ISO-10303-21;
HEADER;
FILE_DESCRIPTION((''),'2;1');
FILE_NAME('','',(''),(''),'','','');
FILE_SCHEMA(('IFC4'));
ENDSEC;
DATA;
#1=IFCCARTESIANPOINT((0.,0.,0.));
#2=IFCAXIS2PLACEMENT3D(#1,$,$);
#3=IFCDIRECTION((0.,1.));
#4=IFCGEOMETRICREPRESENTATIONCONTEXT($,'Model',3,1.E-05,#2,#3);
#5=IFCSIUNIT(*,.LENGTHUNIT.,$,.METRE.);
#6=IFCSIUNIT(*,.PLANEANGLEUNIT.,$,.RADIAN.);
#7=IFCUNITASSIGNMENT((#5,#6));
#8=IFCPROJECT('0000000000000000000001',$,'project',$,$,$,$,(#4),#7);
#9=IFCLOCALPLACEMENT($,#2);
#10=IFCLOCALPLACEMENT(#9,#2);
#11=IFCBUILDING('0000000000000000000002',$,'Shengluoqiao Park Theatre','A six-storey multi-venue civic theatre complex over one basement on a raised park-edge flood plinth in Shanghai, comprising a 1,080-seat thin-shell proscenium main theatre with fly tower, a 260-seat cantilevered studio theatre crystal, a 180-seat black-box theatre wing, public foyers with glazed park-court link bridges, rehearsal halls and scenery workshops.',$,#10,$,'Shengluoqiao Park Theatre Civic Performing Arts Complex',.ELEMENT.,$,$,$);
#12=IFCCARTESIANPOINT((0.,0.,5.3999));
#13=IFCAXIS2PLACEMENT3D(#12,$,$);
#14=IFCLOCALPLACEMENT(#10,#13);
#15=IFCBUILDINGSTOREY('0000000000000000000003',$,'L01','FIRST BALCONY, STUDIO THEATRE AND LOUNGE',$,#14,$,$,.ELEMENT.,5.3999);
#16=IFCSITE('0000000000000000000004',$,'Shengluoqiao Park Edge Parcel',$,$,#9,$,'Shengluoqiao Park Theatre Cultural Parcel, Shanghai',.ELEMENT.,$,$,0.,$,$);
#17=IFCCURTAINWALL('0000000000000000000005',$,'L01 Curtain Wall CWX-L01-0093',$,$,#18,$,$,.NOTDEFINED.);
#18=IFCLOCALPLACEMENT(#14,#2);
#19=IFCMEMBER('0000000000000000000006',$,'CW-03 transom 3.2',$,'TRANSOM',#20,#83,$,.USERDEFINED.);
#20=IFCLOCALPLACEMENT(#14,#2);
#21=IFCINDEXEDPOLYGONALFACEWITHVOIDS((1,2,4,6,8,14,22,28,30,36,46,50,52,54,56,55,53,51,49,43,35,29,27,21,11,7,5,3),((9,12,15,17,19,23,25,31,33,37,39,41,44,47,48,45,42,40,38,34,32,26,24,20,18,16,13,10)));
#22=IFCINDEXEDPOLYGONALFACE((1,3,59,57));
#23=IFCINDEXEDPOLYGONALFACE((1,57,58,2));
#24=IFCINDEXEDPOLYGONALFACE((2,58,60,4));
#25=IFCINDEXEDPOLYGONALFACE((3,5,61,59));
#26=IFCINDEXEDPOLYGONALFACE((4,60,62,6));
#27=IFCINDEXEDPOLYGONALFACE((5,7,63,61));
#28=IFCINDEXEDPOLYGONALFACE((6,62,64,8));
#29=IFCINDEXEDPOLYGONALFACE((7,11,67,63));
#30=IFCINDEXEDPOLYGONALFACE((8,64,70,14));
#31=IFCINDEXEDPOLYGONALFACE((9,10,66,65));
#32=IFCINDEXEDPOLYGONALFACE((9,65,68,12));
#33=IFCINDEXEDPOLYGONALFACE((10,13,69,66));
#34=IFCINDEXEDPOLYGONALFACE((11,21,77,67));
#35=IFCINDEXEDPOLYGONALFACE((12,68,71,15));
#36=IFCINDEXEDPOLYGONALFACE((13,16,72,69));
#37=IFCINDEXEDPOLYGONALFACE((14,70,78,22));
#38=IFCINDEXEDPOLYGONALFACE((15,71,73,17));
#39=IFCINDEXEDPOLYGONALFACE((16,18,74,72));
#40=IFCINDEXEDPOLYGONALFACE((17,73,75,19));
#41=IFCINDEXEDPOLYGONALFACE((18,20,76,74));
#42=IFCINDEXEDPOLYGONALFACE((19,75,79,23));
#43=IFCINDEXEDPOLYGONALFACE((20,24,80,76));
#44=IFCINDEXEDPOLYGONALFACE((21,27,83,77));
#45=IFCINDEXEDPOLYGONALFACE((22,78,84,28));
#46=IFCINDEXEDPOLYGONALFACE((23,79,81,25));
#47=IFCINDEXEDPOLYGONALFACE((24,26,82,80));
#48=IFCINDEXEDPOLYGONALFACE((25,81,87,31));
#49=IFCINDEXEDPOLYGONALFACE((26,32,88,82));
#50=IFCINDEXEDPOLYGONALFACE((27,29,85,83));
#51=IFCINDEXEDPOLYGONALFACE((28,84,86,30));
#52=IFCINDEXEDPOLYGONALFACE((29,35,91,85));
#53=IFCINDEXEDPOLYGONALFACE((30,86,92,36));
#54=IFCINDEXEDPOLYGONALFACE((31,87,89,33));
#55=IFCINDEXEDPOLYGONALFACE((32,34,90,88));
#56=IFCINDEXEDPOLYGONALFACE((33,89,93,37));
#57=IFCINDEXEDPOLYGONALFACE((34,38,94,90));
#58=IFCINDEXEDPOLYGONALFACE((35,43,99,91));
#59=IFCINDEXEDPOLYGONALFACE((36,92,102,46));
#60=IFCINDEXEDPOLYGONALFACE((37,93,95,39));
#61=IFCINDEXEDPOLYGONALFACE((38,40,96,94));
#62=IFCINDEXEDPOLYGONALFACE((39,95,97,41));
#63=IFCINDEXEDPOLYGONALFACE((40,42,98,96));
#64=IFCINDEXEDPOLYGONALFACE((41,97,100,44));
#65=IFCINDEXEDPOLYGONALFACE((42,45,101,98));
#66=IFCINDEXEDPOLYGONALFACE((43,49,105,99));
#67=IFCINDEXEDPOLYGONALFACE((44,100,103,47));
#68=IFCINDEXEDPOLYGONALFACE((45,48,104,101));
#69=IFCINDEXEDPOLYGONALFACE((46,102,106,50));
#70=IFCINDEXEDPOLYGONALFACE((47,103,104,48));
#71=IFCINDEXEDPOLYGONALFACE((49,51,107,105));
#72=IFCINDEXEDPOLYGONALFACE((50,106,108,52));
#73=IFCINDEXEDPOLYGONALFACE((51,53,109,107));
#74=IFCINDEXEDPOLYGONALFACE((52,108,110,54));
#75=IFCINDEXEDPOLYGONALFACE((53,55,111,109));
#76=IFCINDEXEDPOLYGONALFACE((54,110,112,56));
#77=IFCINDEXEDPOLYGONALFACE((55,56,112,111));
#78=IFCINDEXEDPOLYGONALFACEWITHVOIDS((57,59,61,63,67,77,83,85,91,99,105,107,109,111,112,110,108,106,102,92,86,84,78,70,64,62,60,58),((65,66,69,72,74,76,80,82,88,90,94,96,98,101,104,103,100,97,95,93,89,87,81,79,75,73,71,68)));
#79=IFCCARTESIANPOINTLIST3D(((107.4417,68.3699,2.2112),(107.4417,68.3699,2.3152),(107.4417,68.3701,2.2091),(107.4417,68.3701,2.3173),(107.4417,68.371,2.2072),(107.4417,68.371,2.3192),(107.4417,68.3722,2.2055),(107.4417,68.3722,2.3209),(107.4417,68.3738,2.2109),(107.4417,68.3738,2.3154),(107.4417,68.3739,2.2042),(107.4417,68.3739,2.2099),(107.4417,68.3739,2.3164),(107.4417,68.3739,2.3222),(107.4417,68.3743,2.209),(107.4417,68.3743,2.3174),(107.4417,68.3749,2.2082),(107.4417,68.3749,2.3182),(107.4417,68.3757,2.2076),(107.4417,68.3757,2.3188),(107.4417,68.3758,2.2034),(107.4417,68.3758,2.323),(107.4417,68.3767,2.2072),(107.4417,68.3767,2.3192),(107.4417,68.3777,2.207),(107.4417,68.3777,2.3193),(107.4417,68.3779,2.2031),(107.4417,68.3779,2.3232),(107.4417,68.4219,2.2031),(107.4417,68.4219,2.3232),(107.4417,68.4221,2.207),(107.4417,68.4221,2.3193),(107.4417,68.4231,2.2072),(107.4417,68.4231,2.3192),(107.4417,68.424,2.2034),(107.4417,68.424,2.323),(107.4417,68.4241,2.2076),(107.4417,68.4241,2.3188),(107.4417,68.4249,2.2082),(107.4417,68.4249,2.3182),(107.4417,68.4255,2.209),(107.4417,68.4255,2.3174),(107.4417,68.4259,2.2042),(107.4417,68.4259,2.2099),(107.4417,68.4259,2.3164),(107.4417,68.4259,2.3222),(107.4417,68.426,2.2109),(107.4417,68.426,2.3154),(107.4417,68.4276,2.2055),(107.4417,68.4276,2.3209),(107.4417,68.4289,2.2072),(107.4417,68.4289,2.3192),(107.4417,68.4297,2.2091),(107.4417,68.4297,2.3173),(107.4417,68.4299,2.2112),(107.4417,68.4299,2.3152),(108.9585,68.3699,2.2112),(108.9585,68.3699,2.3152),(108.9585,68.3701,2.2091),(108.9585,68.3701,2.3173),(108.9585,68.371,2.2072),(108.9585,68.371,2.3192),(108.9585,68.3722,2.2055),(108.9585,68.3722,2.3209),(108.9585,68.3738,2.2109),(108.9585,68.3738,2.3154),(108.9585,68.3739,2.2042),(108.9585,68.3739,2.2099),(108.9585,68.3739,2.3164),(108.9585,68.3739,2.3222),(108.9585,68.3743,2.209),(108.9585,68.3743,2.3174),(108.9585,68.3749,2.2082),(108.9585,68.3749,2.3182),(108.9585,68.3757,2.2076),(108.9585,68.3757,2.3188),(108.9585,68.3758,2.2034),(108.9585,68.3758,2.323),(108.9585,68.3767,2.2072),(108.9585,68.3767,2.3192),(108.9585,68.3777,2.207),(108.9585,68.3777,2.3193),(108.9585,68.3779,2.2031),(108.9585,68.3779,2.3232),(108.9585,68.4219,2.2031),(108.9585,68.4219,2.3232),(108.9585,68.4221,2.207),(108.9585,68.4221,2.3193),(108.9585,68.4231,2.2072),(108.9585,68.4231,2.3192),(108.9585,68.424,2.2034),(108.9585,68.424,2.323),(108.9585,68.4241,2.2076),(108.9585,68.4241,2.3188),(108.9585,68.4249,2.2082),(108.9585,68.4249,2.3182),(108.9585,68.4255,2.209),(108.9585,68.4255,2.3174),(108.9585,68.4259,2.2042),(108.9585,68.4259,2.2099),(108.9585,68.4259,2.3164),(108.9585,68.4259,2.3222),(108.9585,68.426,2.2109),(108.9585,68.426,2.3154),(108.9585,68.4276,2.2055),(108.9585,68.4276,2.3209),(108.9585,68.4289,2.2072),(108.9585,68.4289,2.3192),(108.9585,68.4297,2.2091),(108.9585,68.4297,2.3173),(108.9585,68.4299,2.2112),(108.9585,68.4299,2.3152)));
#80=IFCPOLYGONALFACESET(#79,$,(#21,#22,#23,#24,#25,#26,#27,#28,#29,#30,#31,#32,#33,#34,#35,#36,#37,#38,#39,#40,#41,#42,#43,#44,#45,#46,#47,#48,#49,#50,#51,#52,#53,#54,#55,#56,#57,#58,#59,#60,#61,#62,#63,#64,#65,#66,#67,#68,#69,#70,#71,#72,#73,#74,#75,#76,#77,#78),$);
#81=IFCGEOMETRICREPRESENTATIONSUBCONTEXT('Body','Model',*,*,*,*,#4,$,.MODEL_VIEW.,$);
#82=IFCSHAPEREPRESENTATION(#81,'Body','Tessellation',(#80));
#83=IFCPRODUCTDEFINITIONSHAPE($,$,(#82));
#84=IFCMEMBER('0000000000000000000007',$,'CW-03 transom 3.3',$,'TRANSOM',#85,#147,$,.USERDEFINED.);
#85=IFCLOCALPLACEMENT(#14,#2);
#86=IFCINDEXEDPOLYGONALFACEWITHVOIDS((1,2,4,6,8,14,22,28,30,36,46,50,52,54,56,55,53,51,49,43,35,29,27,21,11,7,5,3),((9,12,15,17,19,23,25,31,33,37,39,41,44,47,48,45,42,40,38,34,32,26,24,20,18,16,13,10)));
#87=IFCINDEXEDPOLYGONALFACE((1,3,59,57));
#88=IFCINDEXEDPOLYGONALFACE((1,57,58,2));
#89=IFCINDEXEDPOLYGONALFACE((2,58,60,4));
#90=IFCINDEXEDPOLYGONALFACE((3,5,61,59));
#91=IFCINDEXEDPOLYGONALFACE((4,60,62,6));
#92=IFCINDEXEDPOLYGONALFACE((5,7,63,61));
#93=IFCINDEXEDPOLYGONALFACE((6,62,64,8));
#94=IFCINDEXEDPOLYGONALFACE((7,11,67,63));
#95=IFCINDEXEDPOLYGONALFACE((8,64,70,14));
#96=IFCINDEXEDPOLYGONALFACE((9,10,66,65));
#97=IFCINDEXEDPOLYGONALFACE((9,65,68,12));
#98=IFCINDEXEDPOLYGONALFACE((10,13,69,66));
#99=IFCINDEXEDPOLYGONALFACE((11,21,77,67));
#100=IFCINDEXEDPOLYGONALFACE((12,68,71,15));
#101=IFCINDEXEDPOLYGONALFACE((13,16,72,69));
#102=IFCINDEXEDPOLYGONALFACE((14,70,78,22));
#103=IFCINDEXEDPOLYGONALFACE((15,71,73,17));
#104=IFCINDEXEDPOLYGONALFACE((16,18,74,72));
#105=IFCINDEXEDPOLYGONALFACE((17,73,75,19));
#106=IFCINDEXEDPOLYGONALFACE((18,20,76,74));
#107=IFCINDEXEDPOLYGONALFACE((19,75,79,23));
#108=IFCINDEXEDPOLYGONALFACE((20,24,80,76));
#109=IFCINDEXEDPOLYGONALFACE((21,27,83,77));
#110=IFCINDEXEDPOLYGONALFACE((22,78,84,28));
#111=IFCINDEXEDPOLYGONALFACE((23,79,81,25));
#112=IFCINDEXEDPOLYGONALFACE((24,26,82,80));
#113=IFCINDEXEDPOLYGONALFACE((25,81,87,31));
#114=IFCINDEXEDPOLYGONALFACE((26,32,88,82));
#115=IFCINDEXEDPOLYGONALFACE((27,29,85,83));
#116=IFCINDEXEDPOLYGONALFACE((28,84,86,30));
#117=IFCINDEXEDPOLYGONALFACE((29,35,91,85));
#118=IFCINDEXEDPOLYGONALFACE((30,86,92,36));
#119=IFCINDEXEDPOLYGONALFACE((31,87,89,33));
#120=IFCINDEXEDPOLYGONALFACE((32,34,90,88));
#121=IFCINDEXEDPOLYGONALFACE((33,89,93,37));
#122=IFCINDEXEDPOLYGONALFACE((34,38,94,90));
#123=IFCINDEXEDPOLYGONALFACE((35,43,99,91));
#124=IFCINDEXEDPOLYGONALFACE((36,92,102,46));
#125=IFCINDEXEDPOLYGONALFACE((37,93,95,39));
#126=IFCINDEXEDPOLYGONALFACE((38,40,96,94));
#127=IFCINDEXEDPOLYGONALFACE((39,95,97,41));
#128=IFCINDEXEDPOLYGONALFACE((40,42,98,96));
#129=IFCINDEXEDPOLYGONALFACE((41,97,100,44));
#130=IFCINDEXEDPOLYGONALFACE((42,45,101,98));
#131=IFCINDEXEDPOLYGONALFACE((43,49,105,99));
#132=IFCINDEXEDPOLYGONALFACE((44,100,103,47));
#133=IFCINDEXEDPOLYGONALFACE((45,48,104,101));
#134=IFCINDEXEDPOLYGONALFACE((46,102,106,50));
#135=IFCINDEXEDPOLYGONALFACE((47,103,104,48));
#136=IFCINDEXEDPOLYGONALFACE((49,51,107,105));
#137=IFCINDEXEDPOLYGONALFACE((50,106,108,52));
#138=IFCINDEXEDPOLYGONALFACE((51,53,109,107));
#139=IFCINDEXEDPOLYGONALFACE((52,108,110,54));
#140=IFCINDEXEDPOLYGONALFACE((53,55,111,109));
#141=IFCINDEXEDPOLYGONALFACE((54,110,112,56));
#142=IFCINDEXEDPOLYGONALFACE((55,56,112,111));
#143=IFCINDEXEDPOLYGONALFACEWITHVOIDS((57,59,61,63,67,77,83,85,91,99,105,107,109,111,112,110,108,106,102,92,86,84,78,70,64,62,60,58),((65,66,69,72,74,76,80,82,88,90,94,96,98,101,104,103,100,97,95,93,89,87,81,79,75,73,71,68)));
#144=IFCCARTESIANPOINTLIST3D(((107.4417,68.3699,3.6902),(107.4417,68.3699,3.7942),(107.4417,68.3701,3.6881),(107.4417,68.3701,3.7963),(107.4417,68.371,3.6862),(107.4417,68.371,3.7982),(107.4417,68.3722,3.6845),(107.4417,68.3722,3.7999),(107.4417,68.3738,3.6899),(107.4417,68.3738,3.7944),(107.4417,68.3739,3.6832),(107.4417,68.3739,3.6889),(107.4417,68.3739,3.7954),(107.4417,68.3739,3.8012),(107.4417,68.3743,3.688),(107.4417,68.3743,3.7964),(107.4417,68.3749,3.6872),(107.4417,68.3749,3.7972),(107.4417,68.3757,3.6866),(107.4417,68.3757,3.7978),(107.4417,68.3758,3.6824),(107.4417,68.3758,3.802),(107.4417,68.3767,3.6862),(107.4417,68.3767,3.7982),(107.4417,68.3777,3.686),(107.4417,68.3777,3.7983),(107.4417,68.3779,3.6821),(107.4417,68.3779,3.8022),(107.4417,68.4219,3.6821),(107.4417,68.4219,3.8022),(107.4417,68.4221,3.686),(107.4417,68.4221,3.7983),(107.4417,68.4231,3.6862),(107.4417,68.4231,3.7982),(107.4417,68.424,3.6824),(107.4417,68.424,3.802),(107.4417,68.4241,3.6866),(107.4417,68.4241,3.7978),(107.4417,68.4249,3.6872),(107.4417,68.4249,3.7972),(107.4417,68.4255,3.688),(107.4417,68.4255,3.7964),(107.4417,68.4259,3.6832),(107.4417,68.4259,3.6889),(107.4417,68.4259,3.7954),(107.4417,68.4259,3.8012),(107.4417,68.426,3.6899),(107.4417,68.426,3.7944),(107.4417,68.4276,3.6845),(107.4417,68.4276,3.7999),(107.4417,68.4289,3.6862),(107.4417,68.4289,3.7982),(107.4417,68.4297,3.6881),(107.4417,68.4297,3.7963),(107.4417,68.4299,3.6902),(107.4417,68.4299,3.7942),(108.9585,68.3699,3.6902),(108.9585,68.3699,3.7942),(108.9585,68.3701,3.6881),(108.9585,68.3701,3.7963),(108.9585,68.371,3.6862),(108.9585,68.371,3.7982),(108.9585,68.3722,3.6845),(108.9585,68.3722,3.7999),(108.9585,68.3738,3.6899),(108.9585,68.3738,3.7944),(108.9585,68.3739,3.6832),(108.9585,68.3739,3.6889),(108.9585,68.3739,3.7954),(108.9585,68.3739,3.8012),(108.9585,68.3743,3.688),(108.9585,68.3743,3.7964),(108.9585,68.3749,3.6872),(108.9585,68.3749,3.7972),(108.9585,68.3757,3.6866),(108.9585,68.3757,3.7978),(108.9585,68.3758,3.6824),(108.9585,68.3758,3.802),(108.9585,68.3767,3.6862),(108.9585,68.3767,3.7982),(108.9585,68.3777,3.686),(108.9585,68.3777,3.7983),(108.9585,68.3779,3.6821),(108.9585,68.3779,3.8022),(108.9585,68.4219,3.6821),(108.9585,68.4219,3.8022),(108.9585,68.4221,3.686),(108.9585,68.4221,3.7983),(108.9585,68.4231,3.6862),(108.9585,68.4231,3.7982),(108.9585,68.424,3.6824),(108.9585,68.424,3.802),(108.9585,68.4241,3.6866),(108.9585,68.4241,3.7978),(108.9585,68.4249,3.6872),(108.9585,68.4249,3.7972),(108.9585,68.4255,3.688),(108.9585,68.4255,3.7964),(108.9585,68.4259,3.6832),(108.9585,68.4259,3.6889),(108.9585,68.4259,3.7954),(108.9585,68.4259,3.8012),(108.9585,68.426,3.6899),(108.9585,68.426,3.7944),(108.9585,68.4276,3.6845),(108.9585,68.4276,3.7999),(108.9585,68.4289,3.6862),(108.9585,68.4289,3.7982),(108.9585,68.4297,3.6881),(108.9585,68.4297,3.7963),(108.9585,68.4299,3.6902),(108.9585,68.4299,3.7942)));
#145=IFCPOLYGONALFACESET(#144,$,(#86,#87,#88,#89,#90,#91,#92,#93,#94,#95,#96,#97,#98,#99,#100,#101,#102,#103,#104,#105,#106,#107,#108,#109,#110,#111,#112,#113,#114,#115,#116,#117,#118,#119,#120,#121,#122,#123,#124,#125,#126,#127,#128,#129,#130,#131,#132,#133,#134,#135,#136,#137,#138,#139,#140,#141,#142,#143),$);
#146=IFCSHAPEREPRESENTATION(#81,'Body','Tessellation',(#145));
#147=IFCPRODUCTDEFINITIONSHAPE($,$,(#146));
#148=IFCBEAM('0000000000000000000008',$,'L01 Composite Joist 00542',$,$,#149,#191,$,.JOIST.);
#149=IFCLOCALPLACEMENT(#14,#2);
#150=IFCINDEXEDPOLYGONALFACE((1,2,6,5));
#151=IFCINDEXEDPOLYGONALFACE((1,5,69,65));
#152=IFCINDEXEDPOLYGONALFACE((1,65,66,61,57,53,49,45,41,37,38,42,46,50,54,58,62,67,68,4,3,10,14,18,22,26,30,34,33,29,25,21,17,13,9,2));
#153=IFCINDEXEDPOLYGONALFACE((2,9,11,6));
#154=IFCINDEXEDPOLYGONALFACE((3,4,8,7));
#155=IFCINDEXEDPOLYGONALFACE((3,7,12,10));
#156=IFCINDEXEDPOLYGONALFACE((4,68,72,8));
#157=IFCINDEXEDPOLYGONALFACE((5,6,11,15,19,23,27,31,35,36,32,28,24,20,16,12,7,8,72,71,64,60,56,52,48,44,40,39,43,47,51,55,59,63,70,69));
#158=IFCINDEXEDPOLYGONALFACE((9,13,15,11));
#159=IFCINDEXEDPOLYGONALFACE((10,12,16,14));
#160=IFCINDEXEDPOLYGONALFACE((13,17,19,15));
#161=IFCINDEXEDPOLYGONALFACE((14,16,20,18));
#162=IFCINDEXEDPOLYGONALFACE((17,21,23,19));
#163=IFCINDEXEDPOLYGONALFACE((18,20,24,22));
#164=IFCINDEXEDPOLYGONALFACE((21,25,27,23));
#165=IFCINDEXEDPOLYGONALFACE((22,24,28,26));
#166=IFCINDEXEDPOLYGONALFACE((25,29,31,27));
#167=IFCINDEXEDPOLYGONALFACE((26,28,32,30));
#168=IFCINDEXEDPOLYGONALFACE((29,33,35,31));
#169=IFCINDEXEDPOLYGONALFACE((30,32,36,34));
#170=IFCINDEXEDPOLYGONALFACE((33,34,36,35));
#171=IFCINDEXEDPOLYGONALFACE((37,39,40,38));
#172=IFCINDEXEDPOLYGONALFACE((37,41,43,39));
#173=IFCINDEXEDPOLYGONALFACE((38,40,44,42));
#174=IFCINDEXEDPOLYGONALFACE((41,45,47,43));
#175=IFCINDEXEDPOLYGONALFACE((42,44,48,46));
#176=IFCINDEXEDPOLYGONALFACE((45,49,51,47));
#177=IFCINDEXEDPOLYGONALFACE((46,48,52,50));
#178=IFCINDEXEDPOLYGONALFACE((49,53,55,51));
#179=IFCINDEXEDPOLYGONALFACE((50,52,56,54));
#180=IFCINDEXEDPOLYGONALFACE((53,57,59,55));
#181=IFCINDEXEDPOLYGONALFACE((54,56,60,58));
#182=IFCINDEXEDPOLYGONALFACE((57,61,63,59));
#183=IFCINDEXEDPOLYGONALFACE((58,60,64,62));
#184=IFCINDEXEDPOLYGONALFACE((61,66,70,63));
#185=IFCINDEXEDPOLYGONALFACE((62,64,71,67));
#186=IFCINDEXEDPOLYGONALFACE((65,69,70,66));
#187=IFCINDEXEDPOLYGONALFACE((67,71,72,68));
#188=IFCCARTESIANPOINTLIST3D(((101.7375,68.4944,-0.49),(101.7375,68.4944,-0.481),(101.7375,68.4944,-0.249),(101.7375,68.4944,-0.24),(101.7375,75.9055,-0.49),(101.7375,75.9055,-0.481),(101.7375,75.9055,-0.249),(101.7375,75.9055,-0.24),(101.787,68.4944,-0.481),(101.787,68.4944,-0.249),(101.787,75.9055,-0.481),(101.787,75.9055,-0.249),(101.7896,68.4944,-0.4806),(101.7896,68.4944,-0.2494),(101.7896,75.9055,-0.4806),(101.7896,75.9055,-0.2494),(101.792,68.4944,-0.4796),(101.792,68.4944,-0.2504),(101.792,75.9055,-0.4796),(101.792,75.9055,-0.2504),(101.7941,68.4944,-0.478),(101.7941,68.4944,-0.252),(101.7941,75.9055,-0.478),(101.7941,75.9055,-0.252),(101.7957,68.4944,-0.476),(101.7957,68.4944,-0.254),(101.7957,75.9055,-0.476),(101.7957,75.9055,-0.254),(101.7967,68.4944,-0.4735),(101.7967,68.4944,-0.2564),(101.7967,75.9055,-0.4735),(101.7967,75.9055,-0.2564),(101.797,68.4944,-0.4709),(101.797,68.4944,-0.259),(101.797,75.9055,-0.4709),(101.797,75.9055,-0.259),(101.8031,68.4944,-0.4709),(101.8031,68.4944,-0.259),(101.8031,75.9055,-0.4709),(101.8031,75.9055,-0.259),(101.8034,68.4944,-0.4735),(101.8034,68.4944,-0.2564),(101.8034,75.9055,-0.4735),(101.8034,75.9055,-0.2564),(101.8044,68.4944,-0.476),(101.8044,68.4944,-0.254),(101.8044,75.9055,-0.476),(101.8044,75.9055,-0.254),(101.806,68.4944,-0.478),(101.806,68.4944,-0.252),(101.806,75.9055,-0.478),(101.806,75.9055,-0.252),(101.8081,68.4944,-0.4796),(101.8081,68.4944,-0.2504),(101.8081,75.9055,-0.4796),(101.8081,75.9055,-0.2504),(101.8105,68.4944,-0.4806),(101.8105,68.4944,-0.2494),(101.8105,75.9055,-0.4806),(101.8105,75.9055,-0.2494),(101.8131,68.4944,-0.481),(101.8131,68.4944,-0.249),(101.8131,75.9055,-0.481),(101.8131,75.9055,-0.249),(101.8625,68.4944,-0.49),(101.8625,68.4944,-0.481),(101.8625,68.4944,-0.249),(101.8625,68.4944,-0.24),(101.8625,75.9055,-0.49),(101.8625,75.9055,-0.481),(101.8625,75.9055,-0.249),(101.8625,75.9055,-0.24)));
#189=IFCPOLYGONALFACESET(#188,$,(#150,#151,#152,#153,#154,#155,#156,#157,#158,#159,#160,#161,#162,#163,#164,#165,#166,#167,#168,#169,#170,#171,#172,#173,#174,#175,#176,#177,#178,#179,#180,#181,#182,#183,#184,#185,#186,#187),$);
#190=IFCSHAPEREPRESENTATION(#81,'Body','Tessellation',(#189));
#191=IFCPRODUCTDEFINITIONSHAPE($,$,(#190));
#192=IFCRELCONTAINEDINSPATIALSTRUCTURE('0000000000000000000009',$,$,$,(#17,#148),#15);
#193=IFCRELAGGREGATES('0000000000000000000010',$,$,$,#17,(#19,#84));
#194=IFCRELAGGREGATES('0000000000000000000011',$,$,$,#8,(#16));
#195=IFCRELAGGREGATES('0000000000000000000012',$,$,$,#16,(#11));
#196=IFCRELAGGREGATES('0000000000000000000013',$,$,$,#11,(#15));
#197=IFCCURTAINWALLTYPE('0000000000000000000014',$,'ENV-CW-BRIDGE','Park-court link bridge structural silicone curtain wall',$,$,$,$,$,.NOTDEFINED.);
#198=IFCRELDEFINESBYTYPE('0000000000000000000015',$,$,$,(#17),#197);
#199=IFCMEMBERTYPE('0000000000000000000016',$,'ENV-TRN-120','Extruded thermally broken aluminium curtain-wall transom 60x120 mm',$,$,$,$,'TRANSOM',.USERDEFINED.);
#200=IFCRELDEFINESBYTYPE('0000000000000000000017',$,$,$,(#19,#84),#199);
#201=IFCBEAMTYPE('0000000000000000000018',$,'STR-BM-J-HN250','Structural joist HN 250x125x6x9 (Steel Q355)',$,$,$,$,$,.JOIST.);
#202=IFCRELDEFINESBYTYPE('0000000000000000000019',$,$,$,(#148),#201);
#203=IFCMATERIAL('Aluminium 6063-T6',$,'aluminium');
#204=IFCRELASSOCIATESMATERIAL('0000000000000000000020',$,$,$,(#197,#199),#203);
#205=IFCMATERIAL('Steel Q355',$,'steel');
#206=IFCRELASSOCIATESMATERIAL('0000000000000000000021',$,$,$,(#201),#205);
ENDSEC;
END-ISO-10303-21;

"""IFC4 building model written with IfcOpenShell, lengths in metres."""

from ifc_helpers import new_model, si_unit, direction, frame, origin, origin_2d, place, context, subcontext, project, spatial, hollow_rectangle, i_section, extrude, material, material_profile, profile_set, type_object, element, aggregate, save


model = new_model("IFC4")

# Units and contexts
model_context = context("Model", 3, precision=1e-05, world=origin(), true_north=direction((0.0, 1.0)))
body_context = subcontext(model_context, "Body", "Model", "MODEL_VIEW")
ifc_project = project(units=[si_unit("LENGTHUNIT", "METRE"), si_unit("PLANEANGLEUNIT", "RADIAN")], contexts=[model_context])

# Site, building, storey
site_placement = place(None, origin())
site = spatial("IfcSite", under=ifc_project, at=site_placement, Name="Shengluoqiao Park Edge Parcel", LongName="Shengluoqiao Park Theatre Cultural Parcel, Shanghai", CompositionType="ELEMENT", RefElevation=0.0)
building_placement = place(site_placement, origin())
building = spatial("IfcBuilding", under=site, at=building_placement, Name="Shengluoqiao Park Theatre", Description="A six-storey multi-venue civic theatre complex over one basement on a raised park-edge flood plinth in Shanghai, comprising a 1,080-seat thin-shell proscenium main theatre with fly tower, a 260-seat cantilevered studio theatre crystal, a 180-seat black-box theatre wing, public foyers with glazed park-court link bridges, rehearsal halls and scenery workshops.", LongName="Shengluoqiao Park Theatre Civic Performing Arts Complex", CompositionType="ELEMENT")
storey_placement = place(building_placement, frame((0.0, 0.0, 5.3999)))
storey = spatial("IfcBuildingStorey", under=building, at=storey_placement, Name="L01", Description="FIRST BALCONY, STUDIO THEATRE AND LOUNGE", CompositionType="ELEMENT", Elevation=5.3999)

# Curtain wall
ifc_material_1 = material(Name="Aluminium 6063-T6", Category="aluminium")
curtain_wall_type = type_object("IfcCurtainWallType", Name="ENV-CW-BRIDGE", Description="Park-court link bridge structural silicone curtain wall", PredefinedType="NOTDEFINED", material=ifc_material_1)
curtain_wall_1_placement = place(storey_placement, origin())
curtain_wall_1 = element("IfcCurtainWall", 1, at=curtain_wall_1_placement, inside=storey, type_object=curtain_wall_type, Name="L01 Curtain Wall CWX-L01-0093", PredefinedType="NOTDEFINED")

# Members
ifc_material_profile_1 = material_profile(ifc_material_1, hollow_rectangle(XDim=0.0601, YDim=0.1201, WallThickness=0.0039, InnerFilletRadius=0.0039, OuterFilletRadius=0.0081, at=origin_2d()), Name="ALU TRANSOM 120x60x4")
ifc_profile_set_1 = profile_set([ifc_material_profile_1], Name="Aluminium 6063-T6")
member_type_1 = type_object("IfcMemberType", Name="ENV-TRN-120", Description="Extruded thermally broken aluminium curtain-wall transom 60x120 mm", ElementType="TRANSOM", PredefinedType="USERDEFINED", material=ifc_profile_set_1)
member_1_placement = place(storey_placement, frame((107.4417, 68.3999, 2.2632), z_axis=(1.0, 0.0, 0.0), x_axis=(0.0, 1.0, 0.0)))
member_1 = element("IfcMember", 2, at=member_1_placement, type_object=member_type_1, Name="CW-03 transom 3.2", ObjectType="TRANSOM", PredefinedType="USERDEFINED", context=body_context, shape_type="SweptSolid", body=[
    extrude(hollow_rectangle(XDim=0.0601, YDim=0.1201, WallThickness=0.0039, InnerFilletRadius=0.0039, OuterFilletRadius=0.0081, at=origin_2d()), origin(), (0.0, 0.0, 1.0), 1.5168),
])
member_2_placement = place(storey_placement, frame((107.4417, 68.3999, 3.7422), z_axis=(1.0, 0.0, 0.0), x_axis=(0.0, 1.0, 0.0)))
member_2 = element("IfcMember", 3, at=member_2_placement, type_object=member_type_1, Name="CW-03 transom 3.3", ObjectType="TRANSOM", PredefinedType="USERDEFINED", context=body_context, shape_type="SweptSolid", body=[
    extrude(hollow_rectangle(XDim=0.0601, YDim=0.1201, WallThickness=0.0039, InnerFilletRadius=0.0039, OuterFilletRadius=0.0081, at=origin_2d()), origin(), (0.0, 0.0, 1.0), 1.5168),
])

# Beam
ifc_material_2 = material(Name="Steel Q355", Category="steel")
ifc_material_profile_2 = material_profile(ifc_material_2, i_section(OverallWidth=0.125, OverallDepth=0.25, WebThickness=0.0061, FlangeThickness=0.009, FilletRadius=0.01, at=origin_2d()), Name="HN 250x125x6x9")
ifc_profile_set_2 = profile_set([ifc_material_profile_2], Name="Steel Q355")
beam_type_1 = type_object("IfcBeamType", Name="STR-BM-J-HN250", Description="Structural joist HN 250x125x6x9 (Steel Q355)", PredefinedType="JOIST", material=ifc_profile_set_2)
for number, where, z_axis, x_axis, name in (
    (4, (101.8, 68.4944, -0.365), (0.0, 1.0, 0.0), (-1.0, 0.0, 0.0), "L01 Composite Joist 00542"),
):
    element("IfcBeam", number, at=place(storey_placement, frame(where, z_axis=z_axis, x_axis=x_axis)), inside=storey, type_object=beam_type_1, Name=name, PredefinedType="JOIST", context=body_context, shape_type="SweptSolid", body=[
        extrude(i_section(OverallWidth=0.125, OverallDepth=0.25, WebThickness=0.0061, FlangeThickness=0.009, FilletRadius=0.01, at=origin_2d()), origin(), (0.0, 0.0, 1.0), 7.4111),
    ])

aggregate(curtain_wall_1, [member_1, member_2])

save(model, "model.ifc")
